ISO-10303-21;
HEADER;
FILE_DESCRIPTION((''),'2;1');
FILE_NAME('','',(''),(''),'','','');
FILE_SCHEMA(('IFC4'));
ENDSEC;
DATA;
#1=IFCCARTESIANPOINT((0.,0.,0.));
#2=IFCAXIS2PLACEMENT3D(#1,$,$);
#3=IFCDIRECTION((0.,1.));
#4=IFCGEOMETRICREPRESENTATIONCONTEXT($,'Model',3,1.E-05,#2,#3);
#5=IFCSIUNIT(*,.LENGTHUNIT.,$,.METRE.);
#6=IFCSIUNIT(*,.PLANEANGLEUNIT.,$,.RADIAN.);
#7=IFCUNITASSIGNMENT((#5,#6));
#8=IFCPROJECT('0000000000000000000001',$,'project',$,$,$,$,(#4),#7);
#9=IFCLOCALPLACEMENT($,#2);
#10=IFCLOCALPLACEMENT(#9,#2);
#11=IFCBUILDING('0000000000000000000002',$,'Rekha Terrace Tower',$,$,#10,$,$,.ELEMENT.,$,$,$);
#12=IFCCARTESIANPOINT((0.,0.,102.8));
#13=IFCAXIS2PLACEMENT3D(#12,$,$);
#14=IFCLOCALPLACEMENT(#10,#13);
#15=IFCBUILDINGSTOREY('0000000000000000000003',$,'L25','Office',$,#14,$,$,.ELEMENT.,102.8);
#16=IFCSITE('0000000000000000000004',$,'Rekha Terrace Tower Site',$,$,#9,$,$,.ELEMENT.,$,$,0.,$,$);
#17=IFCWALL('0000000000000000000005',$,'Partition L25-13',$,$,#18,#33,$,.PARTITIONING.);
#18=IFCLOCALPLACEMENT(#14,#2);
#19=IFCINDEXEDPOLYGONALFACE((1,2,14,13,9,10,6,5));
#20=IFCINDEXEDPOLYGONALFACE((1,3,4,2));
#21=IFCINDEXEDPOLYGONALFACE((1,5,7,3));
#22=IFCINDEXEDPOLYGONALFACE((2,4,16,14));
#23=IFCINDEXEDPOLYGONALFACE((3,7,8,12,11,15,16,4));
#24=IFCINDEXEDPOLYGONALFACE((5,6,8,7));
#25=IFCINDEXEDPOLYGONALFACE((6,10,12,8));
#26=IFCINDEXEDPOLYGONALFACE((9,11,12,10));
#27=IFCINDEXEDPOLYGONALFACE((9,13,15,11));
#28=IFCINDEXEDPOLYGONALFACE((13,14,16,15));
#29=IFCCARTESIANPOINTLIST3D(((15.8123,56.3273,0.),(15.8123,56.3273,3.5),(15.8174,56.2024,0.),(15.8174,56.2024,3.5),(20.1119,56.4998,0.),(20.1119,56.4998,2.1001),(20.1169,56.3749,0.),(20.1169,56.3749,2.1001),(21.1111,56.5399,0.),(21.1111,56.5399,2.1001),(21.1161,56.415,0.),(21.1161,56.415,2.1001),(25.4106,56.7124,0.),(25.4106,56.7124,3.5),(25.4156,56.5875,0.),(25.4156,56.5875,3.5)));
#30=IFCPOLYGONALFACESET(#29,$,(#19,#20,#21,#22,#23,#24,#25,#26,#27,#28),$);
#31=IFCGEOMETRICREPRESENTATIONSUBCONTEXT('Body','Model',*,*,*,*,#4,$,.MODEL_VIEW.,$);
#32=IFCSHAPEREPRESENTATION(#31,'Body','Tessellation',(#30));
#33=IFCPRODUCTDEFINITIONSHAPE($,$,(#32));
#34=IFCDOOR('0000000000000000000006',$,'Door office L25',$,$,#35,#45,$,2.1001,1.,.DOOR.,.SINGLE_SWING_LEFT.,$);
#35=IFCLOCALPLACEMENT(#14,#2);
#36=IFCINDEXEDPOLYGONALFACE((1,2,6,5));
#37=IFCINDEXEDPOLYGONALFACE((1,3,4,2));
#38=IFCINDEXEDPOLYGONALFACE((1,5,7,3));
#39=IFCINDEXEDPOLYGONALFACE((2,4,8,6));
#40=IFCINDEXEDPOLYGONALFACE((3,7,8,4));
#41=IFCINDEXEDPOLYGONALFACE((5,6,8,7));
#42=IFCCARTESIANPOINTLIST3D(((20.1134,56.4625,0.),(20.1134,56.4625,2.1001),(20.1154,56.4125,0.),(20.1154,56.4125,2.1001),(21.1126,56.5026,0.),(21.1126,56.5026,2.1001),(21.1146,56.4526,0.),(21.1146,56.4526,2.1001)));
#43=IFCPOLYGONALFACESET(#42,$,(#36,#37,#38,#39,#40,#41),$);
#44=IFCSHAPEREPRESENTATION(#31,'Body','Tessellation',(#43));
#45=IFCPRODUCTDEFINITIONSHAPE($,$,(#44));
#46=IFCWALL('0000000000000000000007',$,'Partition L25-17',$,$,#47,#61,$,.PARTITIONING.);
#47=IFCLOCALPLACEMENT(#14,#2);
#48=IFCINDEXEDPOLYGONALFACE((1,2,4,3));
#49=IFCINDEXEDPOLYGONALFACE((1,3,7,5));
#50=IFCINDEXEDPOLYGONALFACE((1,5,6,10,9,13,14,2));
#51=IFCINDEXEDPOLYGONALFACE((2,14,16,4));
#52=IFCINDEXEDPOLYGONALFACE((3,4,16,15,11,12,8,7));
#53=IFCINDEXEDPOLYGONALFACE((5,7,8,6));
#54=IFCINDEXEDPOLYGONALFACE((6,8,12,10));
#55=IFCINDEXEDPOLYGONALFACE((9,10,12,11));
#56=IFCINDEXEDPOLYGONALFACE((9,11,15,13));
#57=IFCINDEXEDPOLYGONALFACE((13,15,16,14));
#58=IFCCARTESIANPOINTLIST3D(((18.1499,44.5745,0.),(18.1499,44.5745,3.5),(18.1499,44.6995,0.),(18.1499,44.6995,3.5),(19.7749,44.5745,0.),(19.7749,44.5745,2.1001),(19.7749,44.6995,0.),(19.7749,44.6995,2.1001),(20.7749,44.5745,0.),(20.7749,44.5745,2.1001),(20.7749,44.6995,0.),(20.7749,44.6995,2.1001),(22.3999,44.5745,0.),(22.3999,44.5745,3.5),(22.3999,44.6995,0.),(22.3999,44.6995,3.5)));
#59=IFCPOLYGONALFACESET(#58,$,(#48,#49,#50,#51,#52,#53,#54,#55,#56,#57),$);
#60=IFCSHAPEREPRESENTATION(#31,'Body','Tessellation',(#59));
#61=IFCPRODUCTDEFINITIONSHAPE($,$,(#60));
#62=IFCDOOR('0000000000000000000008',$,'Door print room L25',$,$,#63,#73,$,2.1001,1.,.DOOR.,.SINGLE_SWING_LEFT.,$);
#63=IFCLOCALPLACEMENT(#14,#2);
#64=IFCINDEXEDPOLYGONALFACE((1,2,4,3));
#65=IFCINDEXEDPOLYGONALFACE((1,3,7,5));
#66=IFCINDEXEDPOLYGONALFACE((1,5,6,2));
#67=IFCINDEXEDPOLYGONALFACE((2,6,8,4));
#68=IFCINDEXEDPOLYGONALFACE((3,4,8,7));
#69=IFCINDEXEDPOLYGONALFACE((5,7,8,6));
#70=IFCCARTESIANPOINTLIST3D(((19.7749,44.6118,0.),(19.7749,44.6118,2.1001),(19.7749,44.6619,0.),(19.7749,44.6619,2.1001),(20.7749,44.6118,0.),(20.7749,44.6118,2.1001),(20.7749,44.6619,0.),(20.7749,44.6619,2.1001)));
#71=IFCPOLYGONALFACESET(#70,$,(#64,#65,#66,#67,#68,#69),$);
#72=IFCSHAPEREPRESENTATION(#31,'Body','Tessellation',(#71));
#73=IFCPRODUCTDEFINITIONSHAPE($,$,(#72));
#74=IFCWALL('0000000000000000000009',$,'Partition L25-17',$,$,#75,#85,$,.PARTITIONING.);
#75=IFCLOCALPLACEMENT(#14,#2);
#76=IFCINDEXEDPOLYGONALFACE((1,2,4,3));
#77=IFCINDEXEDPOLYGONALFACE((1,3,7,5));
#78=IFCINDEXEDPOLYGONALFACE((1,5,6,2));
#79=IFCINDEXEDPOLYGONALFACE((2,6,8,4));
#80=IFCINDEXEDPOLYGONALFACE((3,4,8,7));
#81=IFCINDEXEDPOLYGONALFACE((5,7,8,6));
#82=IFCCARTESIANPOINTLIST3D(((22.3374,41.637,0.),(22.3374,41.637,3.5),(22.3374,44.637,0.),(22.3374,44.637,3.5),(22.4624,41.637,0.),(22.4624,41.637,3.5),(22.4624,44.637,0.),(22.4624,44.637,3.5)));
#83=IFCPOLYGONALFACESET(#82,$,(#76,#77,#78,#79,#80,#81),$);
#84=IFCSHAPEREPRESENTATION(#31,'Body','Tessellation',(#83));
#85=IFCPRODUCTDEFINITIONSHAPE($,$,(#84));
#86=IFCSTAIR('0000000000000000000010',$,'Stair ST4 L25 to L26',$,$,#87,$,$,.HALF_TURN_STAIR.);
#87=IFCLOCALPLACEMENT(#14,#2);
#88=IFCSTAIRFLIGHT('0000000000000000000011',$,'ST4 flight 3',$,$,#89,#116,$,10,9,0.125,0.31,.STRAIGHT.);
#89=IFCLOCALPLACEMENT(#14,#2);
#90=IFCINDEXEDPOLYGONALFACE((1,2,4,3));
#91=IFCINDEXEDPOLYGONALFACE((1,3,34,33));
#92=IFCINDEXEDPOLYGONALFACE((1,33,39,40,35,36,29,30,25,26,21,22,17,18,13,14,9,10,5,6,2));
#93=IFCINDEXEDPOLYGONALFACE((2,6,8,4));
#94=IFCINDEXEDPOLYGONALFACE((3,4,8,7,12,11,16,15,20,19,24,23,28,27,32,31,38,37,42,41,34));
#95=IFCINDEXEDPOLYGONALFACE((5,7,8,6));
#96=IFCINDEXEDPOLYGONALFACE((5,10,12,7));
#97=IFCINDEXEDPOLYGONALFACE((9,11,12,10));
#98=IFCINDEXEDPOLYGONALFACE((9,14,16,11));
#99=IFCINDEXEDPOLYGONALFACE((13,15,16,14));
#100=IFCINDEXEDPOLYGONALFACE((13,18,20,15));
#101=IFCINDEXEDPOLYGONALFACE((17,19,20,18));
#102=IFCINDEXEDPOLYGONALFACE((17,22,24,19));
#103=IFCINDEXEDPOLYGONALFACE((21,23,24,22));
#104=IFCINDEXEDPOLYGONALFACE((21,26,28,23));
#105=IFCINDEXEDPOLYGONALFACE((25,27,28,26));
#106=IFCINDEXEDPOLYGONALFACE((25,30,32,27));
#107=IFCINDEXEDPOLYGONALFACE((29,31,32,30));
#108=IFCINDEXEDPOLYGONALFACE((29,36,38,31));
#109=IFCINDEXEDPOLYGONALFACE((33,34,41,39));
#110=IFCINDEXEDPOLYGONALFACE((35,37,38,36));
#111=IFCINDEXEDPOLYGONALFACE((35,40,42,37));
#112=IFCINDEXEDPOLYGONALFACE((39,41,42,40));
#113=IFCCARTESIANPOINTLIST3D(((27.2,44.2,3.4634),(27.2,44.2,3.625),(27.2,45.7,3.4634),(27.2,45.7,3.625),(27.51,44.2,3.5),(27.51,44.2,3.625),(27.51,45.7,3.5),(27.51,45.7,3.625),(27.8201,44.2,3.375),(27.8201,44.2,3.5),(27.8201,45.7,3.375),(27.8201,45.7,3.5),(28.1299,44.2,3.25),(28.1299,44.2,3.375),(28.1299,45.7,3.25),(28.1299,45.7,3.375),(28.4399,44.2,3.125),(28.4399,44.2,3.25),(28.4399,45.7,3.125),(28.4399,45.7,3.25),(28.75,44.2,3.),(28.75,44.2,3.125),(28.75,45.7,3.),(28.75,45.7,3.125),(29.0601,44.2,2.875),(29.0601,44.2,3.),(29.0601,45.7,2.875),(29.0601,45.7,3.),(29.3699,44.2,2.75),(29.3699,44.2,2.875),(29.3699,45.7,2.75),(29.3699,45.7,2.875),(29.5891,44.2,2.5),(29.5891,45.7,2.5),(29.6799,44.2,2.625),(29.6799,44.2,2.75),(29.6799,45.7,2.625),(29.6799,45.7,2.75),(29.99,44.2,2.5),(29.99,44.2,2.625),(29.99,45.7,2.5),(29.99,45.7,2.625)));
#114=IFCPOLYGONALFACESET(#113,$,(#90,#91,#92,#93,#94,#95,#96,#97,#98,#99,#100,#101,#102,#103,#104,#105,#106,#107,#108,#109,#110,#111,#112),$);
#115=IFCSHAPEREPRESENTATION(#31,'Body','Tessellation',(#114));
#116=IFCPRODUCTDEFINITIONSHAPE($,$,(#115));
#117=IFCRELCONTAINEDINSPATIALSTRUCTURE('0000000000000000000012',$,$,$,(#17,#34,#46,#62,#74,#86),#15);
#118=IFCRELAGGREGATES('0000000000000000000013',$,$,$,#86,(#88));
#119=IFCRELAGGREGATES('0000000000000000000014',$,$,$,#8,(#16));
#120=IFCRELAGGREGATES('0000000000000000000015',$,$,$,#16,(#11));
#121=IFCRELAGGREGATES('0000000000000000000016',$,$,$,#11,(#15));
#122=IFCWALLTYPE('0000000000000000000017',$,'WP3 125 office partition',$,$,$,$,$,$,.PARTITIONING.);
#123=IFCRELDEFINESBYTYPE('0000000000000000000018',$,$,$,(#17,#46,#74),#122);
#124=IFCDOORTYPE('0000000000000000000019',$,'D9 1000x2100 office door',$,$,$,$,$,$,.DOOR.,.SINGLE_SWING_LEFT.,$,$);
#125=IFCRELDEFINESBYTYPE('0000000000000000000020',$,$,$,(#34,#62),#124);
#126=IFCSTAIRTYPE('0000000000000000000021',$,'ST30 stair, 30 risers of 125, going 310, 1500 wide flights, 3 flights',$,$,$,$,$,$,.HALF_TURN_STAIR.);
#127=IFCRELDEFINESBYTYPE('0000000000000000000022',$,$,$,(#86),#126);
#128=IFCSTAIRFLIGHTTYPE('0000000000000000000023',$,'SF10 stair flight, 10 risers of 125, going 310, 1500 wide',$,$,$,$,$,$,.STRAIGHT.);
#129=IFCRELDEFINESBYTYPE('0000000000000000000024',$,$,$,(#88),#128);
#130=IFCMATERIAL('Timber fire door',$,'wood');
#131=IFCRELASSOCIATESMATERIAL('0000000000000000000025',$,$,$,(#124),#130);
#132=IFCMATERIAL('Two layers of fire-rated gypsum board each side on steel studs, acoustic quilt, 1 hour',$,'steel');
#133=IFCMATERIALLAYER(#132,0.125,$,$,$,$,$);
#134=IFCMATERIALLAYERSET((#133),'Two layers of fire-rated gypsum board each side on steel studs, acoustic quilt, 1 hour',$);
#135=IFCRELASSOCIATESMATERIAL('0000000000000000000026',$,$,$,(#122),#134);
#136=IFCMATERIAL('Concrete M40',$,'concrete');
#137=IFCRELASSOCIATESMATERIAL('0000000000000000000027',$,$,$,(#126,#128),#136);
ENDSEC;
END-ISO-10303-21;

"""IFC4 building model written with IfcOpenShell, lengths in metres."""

from ifc_helpers import new_model, si_unit, direction, frame, frame_2d, origin, place, context, subcontext, project, spatial, polyline, rectangle, outline, extrude, material, layer, layer_set, type_object, element, fill, aggregate, save


model = new_model("IFC4")

# Units and contexts
model_context = context("Model", 3, precision=1e-05, world=origin(), true_north=direction((0.0, 1.0)))
body_context = subcontext(model_context, "Body", "Model", "MODEL_VIEW")
ifc_project = project(units=[si_unit("LENGTHUNIT", "METRE"), si_unit("PLANEANGLEUNIT", "RADIAN")], contexts=[model_context])

# Site, building, storey
site_placement = place(None, origin())
site = spatial("IfcSite", under=ifc_project, at=site_placement, Name="Rekha Terrace Tower Site", CompositionType="ELEMENT", RefElevation=0.0)
building_placement = place(site_placement, origin())
building = spatial("IfcBuilding", under=site, at=building_placement, Name="Rekha Terrace Tower", CompositionType="ELEMENT")
storey_placement = place(building_placement, frame((0.0, 0.0, 102.8)))
storey = spatial("IfcBuildingStorey", under=building, at=storey_placement, Name="L25", Description="Office", CompositionType="ELEMENT", Elevation=102.8)

# Shared definitions
ifc_material_1 = material(Name="Timber fire door", Category="wood")
door_type_1 = type_object("IfcDoorType", Name="D9 1000x2100 office door", OperationType="SINGLE_SWING_LEFT", PredefinedType="DOOR", material=ifc_material_1)

# Shared definitions
ifc_material_2 = material(Name="Two layers of fire-rated gypsum board each side on steel studs, acoustic quilt, 1 hour", Category="steel")
ifc_layer_1 = layer(ifc_material_2, 0.125)
ifc_layer_set_1 = layer_set([ifc_layer_1], Name="Two layers of fire-rated gypsum board each side on steel studs, acoustic quilt, 1 hour")
wall_type_1 = type_object("IfcWallType", Name="WP3 125 office partition", PredefinedType="PARTITIONING", material=ifc_layer_set_1)

# Walls, openings, doors
wall_1_placement = place(storey_placement, frame((25.4131, 56.6499, 0.0), z_axis=(0.0, 0.0, 1.0), x_axis=(-0.999196, -0.040081, 0.0)))
wall_1 = element("IfcWall", 1, at=wall_1_placement, inside=storey, type_object=wall_type_1, Name="Partition L25-13", PredefinedType="PARTITIONING", context=body_context, shape_type="SweptSolid", body=[
    extrude(rectangle(XDim=9.606, YDim=0.125, at=frame_2d((4.803, 0.0))), origin(), (0.0, 0.0, 1.0), 3.5),
])
opening_1_placement = place(wall_1_placement, frame((4.303, 0.0, 0.0)))
opening_1 = element("IfcOpeningElement", 2, at=opening_1_placement, cuts=wall_1, PredefinedType="OPENING", context=body_context, shape_type="SweptSolid", body=[
    extrude(rectangle(XDim=1.0, YDim=2.1001, at=frame_2d((0.5, 1.05))), frame((0.0, 0.0725, 0.0), z_axis=(0.0, -1.0, 0.0), x_axis=(1.0, 0.0, 0.0)), (0.0, 0.0, 1.0), 0.145),
])
door_1_placement = place(opening_1_placement, origin())
door_1 = element("IfcDoor", 3, at=door_1_placement, inside=storey, type_object=door_type_1, Name="Door office L25", OperationType="SINGLE_SWING_LEFT", OverallHeight=2.1001, OverallWidth=1.0, PredefinedType="DOOR", context=body_context, shape_type="SweptSolid", body=[
    extrude(rectangle(XDim=1.0, YDim=2.1001, at=frame_2d((0.5, 1.05))), frame((0.0, 0.0249, 0.0), z_axis=(0.0, -1.0, 0.0), x_axis=(1.0, 0.0, 0.0)), (0.0, 0.0, 1.0), 0.05),
])
fill(opening_1, door_1)
wall_2_placement = place(storey_placement, frame((18.1499, 44.637, 0.0), z_axis=(0.0, 0.0, 1.0), x_axis=(1.0, 0.0, 0.0)))
wall_2 = element("IfcWall", 4, at=wall_2_placement, inside=storey, type_object=wall_type_1, Name="Partition L25-17", PredefinedType="PARTITIONING", context=body_context, shape_type="SweptSolid", body=[
    extrude(rectangle(XDim=4.25, YDim=0.125, at=frame_2d((2.125, 0.0))), origin(), (0.0, 0.0, 1.0), 3.5),
])
opening_2_placement = place(wall_2_placement, frame((1.625, 0.0, 0.0)))
opening_2 = element("IfcOpeningElement", 5, at=opening_2_placement, cuts=wall_2, PredefinedType="OPENING", context=body_context, shape_type="SweptSolid", body=[
    extrude(rectangle(XDim=1.0, YDim=2.1001, at=frame_2d((0.5, 1.05))), frame((0.0, 0.0725, 0.0), z_axis=(0.0, -1.0, 0.0), x_axis=(1.0, 0.0, 0.0)), (0.0, 0.0, 1.0), 0.145),
])
door_2_placement = place(opening_2_placement, origin())
door_2 = element("IfcDoor", 6, at=door_2_placement, inside=storey, type_object=door_type_1, Name="Door print room L25", OperationType="SINGLE_SWING_LEFT", OverallHeight=2.1001, OverallWidth=1.0, PredefinedType="DOOR", context=body_context, shape_type="SweptSolid", body=[
    extrude(rectangle(XDim=1.0, YDim=2.1001, at=frame_2d((0.5, 1.05))), frame((0.0, 0.0249, 0.0), z_axis=(0.0, -1.0, 0.0), x_axis=(1.0, 0.0, 0.0)), (0.0, 0.0, 1.0), 0.05),
])
fill(opening_2, door_2)

# Wall
wall_3_placement = place(storey_placement, frame((22.3999, 44.637, 0.0), z_axis=(0.0, 0.0, 1.0), x_axis=(0.0, -1.0, 0.0)))
element("IfcWall", 7, at=wall_3_placement, inside=storey, type_object=wall_type_1, Name="Partition L25-17", PredefinedType="PARTITIONING", context=body_context, shape_type="SweptSolid", body=[
    extrude(rectangle(XDim=3.0, YDim=0.125, at=frame_2d((1.5, 0.0))), origin(), (0.0, 0.0, 1.0), 3.5),
])

# Stair, stair flight
ifc_material_3 = material(Name="Concrete M40", Category="concrete")
stair_type = type_object("IfcStairType", Name="ST30 stair, 30 risers of 125, going 310, 1500 wide flights, 3 flights", PredefinedType="HALF_TURN_STAIR", material=ifc_material_3)
stair_placement = place(storey_placement, origin())
stair = element("IfcStair", 8, at=stair_placement, inside=storey, type_object=stair_type, Name="Stair ST4 L25 to L26", PredefinedType="HALF_TURN_STAIR")
stair_flight_type = type_object("IfcStairFlightType", Name="SF10 stair flight, 10 risers of 125, going 310, 1500 wide", PredefinedType="STRAIGHT", material=ifc_material_3)
stair_flight_placement = place(storey_placement, frame((29.99, 44.95, 2.5), z_axis=(0.0, 0.0, 1.0), x_axis=(-1.0, 0.0, 0.0)))
stair_flight = element("IfcStairFlight", 9, at=stair_flight_placement, type_object=stair_flight_type, Name="ST4 flight 3", NumberOfRisers=10, NumberOfTreads=9, PredefinedType="STRAIGHT", RiserHeight=0.125, TreadLength=0.31, context=body_context, shape_type="SweptSolid", body=[
    extrude(outline(polyline([(0.0, 0.0), (0.0, 0.125), (0.3101, 0.125), (0.3101, 0.25), (0.6201, 0.25), (0.6201, 0.375), (0.9299, 0.375), (0.9299, 0.5), (1.24, 0.5), (1.24, 0.625), (1.55, 0.625), (1.55, 0.75), (1.8601, 0.75), (1.8601, 0.875), (2.1699, 0.875), (2.1699, 1.0), (2.48, 1.0), (2.48, 1.125), (2.79, 1.125), (2.79, 1.25), (2.79, 0.9634), (0.4009, 0.0), (0.0, 0.0)])), frame((0.0, 0.75, 0.0), z_axis=(0.0, -1.0, 0.0), x_axis=(1.0, 0.0, 0.0)), (0.0, 0.0, 1.0), 1.5),
])
aggregate(stair, [stair_flight])

save(model, "model.ifc")
